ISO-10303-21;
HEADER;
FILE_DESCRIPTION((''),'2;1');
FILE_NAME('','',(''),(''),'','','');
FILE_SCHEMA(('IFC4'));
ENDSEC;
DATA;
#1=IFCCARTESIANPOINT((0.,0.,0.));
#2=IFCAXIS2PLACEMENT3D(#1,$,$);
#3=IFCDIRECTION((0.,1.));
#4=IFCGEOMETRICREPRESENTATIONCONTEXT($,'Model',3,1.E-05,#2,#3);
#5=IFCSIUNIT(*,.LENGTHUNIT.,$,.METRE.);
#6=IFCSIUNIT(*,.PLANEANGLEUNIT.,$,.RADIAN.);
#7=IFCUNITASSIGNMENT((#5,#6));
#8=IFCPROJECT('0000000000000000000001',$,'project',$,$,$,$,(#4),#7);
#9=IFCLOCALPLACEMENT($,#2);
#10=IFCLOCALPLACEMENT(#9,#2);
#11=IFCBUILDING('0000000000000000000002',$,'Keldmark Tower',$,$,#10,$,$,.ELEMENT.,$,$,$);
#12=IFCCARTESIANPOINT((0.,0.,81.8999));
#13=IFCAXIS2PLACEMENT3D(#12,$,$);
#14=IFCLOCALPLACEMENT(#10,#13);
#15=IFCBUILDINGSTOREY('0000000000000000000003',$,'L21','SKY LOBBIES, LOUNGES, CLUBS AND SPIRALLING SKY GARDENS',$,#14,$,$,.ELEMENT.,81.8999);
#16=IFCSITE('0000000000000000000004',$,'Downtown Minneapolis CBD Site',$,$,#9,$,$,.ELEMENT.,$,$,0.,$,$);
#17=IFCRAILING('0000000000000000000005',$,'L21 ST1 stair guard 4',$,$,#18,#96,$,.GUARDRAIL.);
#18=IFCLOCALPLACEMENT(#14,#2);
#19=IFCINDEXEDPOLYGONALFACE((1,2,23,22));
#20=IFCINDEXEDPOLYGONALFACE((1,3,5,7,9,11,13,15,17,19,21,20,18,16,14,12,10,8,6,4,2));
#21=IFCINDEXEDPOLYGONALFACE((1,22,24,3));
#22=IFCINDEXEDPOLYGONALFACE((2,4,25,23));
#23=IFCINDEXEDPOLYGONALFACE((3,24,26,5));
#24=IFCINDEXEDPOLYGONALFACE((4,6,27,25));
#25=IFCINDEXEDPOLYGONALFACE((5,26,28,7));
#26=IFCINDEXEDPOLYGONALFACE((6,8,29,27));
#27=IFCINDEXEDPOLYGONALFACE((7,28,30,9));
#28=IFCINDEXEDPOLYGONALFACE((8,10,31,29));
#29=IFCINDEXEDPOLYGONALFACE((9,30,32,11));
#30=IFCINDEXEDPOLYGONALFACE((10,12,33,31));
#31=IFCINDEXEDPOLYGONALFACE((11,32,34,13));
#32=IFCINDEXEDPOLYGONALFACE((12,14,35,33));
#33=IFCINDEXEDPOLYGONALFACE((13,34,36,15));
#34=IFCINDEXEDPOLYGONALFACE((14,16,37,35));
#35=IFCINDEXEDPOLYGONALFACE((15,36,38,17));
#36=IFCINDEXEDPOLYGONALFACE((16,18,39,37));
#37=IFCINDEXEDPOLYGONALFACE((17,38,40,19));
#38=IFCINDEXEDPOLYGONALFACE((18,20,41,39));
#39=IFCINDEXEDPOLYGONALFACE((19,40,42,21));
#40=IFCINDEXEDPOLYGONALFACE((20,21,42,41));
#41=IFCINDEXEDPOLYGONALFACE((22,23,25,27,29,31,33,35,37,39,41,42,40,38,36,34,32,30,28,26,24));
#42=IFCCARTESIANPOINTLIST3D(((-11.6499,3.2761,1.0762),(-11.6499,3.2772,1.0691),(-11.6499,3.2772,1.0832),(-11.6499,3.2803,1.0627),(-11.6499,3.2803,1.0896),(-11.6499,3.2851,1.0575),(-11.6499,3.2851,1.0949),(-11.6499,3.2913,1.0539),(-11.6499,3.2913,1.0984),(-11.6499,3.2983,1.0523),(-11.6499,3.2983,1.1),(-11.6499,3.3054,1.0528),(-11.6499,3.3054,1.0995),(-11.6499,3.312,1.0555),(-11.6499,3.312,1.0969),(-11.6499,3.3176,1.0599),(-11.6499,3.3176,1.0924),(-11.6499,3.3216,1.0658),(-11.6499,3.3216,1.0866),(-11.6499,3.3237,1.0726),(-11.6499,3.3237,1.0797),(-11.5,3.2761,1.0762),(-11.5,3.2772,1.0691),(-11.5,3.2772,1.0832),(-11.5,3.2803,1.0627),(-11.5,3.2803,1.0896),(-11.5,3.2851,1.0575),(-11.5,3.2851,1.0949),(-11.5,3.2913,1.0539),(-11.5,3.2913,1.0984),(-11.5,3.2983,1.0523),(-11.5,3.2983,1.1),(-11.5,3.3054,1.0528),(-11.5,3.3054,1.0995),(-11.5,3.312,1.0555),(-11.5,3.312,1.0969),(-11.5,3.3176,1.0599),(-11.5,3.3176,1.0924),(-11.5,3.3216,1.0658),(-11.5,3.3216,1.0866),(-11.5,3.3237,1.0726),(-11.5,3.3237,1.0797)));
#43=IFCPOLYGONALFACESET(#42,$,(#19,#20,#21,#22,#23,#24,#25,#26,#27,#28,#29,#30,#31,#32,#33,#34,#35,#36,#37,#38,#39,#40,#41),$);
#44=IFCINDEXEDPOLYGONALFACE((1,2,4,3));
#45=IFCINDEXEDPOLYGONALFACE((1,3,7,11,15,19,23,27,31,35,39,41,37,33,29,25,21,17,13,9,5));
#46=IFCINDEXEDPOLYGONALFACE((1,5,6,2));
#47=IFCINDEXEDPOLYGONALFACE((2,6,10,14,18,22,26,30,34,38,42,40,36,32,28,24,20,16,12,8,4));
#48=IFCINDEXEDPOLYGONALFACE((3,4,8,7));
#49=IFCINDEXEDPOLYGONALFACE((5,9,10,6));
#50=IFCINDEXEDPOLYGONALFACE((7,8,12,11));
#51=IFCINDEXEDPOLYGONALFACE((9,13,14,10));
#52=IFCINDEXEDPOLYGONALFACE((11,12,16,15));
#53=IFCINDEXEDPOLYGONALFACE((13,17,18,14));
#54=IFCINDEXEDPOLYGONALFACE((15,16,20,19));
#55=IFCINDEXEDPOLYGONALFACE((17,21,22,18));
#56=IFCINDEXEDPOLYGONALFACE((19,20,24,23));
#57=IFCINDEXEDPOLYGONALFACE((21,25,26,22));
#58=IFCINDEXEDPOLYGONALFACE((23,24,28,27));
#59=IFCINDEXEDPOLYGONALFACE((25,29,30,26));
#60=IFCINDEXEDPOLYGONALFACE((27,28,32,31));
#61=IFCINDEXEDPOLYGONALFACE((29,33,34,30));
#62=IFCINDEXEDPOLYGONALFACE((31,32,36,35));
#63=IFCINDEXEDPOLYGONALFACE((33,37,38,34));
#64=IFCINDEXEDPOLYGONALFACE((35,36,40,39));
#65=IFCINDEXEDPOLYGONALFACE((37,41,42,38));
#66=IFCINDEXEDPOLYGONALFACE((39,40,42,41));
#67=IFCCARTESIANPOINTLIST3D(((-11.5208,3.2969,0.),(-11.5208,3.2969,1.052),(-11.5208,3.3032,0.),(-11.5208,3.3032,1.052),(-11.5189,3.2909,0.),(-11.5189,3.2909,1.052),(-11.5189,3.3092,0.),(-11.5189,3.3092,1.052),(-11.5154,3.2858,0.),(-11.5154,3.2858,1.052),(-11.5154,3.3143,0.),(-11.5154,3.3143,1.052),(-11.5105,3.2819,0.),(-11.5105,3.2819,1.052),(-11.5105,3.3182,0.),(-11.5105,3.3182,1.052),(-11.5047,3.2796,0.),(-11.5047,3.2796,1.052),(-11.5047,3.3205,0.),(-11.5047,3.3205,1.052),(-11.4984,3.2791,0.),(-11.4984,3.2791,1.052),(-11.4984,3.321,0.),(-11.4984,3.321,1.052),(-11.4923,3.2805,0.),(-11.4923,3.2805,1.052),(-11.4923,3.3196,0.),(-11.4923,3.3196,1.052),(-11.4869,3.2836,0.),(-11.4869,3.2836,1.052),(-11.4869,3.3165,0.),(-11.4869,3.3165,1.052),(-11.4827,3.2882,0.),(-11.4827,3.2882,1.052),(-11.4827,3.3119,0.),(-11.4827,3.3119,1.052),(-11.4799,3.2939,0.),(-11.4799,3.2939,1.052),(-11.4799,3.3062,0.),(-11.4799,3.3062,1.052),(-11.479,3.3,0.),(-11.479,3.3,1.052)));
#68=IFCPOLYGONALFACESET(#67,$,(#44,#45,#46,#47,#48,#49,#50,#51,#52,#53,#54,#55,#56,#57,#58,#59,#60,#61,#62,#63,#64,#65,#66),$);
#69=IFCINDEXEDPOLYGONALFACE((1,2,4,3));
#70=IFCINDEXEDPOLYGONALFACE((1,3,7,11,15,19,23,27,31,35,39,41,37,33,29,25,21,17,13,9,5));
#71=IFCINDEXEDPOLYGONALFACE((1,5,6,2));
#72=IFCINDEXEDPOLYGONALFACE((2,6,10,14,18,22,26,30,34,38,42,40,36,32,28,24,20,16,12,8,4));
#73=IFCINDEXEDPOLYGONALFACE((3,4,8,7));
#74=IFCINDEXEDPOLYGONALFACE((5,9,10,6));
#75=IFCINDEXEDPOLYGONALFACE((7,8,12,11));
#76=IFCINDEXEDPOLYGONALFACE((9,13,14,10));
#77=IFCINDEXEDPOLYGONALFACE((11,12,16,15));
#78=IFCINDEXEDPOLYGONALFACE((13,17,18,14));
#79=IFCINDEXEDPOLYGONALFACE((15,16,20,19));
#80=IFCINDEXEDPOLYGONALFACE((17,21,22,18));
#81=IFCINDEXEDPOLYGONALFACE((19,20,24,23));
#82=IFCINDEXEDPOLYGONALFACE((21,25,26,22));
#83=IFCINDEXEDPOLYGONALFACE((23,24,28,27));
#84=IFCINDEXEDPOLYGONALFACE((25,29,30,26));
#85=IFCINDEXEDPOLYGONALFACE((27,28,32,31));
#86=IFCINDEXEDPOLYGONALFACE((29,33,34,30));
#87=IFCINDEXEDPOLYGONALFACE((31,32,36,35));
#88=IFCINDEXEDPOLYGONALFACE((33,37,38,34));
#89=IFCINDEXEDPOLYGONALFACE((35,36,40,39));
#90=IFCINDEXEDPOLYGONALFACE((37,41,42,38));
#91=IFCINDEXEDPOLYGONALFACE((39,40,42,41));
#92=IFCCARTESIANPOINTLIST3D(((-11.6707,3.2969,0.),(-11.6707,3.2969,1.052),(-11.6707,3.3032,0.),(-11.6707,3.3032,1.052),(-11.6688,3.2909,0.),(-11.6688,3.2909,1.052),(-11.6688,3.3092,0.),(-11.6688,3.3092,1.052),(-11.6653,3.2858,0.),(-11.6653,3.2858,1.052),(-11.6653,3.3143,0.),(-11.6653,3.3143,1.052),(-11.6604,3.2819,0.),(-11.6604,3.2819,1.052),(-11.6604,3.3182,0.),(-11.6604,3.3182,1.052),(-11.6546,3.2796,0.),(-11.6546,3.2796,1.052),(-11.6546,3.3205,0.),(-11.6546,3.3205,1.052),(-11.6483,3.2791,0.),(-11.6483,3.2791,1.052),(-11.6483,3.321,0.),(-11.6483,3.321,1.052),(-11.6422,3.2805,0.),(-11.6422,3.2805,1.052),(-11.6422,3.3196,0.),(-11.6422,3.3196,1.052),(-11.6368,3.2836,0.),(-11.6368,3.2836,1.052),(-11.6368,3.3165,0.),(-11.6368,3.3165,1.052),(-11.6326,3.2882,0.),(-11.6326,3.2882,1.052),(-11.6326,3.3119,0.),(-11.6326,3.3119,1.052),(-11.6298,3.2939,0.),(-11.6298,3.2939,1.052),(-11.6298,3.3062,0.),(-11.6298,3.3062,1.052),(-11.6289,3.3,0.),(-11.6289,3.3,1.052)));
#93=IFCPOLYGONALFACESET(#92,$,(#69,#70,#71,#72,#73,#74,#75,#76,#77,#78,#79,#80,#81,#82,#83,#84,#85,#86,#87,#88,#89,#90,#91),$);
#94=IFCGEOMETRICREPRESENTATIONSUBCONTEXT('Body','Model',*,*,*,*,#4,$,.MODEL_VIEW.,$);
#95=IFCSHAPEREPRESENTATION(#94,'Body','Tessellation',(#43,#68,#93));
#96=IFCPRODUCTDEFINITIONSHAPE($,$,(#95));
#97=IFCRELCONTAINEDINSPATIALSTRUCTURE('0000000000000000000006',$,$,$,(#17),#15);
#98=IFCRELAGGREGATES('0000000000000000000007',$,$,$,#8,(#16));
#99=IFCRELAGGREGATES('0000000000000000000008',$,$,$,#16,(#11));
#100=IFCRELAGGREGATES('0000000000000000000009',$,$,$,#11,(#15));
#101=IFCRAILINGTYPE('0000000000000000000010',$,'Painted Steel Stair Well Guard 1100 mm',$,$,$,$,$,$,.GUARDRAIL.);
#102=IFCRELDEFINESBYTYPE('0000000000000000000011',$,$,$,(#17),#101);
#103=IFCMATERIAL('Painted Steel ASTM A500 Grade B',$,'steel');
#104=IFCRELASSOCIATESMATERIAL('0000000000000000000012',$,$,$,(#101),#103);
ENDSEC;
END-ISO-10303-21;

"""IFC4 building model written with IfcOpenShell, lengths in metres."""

from ifc_helpers import new_model, si_unit, direction, frame, origin, origin_2d, place, context, subcontext, project, spatial, circle, extrude, material, type_object, element, save


model = new_model("IFC4")

# Units and contexts
model_context = context("Model", 3, precision=1e-05, world=origin(), true_north=direction((0.0, 1.0)))
body_context = subcontext(model_context, "Body", "Model", "MODEL_VIEW")
ifc_project = project(units=[si_unit("LENGTHUNIT", "METRE"), si_unit("PLANEANGLEUNIT", "RADIAN")], contexts=[model_context])

# Site, building, storey
site_placement = place(None, origin())
site = spatial("IfcSite", under=ifc_project, at=site_placement, Name="Downtown Minneapolis CBD Site", CompositionType="ELEMENT", RefElevation=0.0)
building_placement = place(site_placement, origin())
building = spatial("IfcBuilding", under=site, at=building_placement, Name="Keldmark Tower", CompositionType="ELEMENT")
storey_placement = place(building_placement, frame((0.0, 0.0, 81.8999)))
storey = spatial("IfcBuildingStorey", under=building, at=storey_placement, Name="L21", Description="SKY LOBBIES, LOUNGES, CLUBS AND SPIRALLING SKY GARDENS", CompositionType="ELEMENT", Elevation=81.8999)

# Railing
ifc_material_1 = material(Name="Painted Steel ASTM A500 Grade B", Category="steel")
railing_type_1 = type_object("IfcRailingType", Name="Painted Steel Stair Well Guard 1100 mm", PredefinedType="GUARDRAIL", material=ifc_material_1)
railing_1_placement = place(storey_placement, frame((-11.5, 3.3, 0.0)))
element("IfcRailing", 1, at=railing_1_placement, inside=storey, type_object=railing_type_1, Name="L21 ST1 stair guard 4", PredefinedType="GUARDRAIL", context=body_context, shape_type="SweptSolid", body=[
    extrude(circle(Radius=0.0239, at=origin_2d()), frame((0.0, 0.0, 1.0762), z_axis=(-1.0, 0.0, 0.0), x_axis=(0.0, -1.0, 0.0)), (0.0, 0.0, 1.0), 0.1499),
    extrude(circle(Radius=0.021, at=origin_2d()), origin(), (0.0, 0.0, 1.0), 1.052),
    extrude(circle(Radius=0.021, at=origin_2d()), frame((-0.1499, 0.0, 0.0)), (0.0, 0.0, 1.0), 1.052),
])

save(model, "model.ifc")
